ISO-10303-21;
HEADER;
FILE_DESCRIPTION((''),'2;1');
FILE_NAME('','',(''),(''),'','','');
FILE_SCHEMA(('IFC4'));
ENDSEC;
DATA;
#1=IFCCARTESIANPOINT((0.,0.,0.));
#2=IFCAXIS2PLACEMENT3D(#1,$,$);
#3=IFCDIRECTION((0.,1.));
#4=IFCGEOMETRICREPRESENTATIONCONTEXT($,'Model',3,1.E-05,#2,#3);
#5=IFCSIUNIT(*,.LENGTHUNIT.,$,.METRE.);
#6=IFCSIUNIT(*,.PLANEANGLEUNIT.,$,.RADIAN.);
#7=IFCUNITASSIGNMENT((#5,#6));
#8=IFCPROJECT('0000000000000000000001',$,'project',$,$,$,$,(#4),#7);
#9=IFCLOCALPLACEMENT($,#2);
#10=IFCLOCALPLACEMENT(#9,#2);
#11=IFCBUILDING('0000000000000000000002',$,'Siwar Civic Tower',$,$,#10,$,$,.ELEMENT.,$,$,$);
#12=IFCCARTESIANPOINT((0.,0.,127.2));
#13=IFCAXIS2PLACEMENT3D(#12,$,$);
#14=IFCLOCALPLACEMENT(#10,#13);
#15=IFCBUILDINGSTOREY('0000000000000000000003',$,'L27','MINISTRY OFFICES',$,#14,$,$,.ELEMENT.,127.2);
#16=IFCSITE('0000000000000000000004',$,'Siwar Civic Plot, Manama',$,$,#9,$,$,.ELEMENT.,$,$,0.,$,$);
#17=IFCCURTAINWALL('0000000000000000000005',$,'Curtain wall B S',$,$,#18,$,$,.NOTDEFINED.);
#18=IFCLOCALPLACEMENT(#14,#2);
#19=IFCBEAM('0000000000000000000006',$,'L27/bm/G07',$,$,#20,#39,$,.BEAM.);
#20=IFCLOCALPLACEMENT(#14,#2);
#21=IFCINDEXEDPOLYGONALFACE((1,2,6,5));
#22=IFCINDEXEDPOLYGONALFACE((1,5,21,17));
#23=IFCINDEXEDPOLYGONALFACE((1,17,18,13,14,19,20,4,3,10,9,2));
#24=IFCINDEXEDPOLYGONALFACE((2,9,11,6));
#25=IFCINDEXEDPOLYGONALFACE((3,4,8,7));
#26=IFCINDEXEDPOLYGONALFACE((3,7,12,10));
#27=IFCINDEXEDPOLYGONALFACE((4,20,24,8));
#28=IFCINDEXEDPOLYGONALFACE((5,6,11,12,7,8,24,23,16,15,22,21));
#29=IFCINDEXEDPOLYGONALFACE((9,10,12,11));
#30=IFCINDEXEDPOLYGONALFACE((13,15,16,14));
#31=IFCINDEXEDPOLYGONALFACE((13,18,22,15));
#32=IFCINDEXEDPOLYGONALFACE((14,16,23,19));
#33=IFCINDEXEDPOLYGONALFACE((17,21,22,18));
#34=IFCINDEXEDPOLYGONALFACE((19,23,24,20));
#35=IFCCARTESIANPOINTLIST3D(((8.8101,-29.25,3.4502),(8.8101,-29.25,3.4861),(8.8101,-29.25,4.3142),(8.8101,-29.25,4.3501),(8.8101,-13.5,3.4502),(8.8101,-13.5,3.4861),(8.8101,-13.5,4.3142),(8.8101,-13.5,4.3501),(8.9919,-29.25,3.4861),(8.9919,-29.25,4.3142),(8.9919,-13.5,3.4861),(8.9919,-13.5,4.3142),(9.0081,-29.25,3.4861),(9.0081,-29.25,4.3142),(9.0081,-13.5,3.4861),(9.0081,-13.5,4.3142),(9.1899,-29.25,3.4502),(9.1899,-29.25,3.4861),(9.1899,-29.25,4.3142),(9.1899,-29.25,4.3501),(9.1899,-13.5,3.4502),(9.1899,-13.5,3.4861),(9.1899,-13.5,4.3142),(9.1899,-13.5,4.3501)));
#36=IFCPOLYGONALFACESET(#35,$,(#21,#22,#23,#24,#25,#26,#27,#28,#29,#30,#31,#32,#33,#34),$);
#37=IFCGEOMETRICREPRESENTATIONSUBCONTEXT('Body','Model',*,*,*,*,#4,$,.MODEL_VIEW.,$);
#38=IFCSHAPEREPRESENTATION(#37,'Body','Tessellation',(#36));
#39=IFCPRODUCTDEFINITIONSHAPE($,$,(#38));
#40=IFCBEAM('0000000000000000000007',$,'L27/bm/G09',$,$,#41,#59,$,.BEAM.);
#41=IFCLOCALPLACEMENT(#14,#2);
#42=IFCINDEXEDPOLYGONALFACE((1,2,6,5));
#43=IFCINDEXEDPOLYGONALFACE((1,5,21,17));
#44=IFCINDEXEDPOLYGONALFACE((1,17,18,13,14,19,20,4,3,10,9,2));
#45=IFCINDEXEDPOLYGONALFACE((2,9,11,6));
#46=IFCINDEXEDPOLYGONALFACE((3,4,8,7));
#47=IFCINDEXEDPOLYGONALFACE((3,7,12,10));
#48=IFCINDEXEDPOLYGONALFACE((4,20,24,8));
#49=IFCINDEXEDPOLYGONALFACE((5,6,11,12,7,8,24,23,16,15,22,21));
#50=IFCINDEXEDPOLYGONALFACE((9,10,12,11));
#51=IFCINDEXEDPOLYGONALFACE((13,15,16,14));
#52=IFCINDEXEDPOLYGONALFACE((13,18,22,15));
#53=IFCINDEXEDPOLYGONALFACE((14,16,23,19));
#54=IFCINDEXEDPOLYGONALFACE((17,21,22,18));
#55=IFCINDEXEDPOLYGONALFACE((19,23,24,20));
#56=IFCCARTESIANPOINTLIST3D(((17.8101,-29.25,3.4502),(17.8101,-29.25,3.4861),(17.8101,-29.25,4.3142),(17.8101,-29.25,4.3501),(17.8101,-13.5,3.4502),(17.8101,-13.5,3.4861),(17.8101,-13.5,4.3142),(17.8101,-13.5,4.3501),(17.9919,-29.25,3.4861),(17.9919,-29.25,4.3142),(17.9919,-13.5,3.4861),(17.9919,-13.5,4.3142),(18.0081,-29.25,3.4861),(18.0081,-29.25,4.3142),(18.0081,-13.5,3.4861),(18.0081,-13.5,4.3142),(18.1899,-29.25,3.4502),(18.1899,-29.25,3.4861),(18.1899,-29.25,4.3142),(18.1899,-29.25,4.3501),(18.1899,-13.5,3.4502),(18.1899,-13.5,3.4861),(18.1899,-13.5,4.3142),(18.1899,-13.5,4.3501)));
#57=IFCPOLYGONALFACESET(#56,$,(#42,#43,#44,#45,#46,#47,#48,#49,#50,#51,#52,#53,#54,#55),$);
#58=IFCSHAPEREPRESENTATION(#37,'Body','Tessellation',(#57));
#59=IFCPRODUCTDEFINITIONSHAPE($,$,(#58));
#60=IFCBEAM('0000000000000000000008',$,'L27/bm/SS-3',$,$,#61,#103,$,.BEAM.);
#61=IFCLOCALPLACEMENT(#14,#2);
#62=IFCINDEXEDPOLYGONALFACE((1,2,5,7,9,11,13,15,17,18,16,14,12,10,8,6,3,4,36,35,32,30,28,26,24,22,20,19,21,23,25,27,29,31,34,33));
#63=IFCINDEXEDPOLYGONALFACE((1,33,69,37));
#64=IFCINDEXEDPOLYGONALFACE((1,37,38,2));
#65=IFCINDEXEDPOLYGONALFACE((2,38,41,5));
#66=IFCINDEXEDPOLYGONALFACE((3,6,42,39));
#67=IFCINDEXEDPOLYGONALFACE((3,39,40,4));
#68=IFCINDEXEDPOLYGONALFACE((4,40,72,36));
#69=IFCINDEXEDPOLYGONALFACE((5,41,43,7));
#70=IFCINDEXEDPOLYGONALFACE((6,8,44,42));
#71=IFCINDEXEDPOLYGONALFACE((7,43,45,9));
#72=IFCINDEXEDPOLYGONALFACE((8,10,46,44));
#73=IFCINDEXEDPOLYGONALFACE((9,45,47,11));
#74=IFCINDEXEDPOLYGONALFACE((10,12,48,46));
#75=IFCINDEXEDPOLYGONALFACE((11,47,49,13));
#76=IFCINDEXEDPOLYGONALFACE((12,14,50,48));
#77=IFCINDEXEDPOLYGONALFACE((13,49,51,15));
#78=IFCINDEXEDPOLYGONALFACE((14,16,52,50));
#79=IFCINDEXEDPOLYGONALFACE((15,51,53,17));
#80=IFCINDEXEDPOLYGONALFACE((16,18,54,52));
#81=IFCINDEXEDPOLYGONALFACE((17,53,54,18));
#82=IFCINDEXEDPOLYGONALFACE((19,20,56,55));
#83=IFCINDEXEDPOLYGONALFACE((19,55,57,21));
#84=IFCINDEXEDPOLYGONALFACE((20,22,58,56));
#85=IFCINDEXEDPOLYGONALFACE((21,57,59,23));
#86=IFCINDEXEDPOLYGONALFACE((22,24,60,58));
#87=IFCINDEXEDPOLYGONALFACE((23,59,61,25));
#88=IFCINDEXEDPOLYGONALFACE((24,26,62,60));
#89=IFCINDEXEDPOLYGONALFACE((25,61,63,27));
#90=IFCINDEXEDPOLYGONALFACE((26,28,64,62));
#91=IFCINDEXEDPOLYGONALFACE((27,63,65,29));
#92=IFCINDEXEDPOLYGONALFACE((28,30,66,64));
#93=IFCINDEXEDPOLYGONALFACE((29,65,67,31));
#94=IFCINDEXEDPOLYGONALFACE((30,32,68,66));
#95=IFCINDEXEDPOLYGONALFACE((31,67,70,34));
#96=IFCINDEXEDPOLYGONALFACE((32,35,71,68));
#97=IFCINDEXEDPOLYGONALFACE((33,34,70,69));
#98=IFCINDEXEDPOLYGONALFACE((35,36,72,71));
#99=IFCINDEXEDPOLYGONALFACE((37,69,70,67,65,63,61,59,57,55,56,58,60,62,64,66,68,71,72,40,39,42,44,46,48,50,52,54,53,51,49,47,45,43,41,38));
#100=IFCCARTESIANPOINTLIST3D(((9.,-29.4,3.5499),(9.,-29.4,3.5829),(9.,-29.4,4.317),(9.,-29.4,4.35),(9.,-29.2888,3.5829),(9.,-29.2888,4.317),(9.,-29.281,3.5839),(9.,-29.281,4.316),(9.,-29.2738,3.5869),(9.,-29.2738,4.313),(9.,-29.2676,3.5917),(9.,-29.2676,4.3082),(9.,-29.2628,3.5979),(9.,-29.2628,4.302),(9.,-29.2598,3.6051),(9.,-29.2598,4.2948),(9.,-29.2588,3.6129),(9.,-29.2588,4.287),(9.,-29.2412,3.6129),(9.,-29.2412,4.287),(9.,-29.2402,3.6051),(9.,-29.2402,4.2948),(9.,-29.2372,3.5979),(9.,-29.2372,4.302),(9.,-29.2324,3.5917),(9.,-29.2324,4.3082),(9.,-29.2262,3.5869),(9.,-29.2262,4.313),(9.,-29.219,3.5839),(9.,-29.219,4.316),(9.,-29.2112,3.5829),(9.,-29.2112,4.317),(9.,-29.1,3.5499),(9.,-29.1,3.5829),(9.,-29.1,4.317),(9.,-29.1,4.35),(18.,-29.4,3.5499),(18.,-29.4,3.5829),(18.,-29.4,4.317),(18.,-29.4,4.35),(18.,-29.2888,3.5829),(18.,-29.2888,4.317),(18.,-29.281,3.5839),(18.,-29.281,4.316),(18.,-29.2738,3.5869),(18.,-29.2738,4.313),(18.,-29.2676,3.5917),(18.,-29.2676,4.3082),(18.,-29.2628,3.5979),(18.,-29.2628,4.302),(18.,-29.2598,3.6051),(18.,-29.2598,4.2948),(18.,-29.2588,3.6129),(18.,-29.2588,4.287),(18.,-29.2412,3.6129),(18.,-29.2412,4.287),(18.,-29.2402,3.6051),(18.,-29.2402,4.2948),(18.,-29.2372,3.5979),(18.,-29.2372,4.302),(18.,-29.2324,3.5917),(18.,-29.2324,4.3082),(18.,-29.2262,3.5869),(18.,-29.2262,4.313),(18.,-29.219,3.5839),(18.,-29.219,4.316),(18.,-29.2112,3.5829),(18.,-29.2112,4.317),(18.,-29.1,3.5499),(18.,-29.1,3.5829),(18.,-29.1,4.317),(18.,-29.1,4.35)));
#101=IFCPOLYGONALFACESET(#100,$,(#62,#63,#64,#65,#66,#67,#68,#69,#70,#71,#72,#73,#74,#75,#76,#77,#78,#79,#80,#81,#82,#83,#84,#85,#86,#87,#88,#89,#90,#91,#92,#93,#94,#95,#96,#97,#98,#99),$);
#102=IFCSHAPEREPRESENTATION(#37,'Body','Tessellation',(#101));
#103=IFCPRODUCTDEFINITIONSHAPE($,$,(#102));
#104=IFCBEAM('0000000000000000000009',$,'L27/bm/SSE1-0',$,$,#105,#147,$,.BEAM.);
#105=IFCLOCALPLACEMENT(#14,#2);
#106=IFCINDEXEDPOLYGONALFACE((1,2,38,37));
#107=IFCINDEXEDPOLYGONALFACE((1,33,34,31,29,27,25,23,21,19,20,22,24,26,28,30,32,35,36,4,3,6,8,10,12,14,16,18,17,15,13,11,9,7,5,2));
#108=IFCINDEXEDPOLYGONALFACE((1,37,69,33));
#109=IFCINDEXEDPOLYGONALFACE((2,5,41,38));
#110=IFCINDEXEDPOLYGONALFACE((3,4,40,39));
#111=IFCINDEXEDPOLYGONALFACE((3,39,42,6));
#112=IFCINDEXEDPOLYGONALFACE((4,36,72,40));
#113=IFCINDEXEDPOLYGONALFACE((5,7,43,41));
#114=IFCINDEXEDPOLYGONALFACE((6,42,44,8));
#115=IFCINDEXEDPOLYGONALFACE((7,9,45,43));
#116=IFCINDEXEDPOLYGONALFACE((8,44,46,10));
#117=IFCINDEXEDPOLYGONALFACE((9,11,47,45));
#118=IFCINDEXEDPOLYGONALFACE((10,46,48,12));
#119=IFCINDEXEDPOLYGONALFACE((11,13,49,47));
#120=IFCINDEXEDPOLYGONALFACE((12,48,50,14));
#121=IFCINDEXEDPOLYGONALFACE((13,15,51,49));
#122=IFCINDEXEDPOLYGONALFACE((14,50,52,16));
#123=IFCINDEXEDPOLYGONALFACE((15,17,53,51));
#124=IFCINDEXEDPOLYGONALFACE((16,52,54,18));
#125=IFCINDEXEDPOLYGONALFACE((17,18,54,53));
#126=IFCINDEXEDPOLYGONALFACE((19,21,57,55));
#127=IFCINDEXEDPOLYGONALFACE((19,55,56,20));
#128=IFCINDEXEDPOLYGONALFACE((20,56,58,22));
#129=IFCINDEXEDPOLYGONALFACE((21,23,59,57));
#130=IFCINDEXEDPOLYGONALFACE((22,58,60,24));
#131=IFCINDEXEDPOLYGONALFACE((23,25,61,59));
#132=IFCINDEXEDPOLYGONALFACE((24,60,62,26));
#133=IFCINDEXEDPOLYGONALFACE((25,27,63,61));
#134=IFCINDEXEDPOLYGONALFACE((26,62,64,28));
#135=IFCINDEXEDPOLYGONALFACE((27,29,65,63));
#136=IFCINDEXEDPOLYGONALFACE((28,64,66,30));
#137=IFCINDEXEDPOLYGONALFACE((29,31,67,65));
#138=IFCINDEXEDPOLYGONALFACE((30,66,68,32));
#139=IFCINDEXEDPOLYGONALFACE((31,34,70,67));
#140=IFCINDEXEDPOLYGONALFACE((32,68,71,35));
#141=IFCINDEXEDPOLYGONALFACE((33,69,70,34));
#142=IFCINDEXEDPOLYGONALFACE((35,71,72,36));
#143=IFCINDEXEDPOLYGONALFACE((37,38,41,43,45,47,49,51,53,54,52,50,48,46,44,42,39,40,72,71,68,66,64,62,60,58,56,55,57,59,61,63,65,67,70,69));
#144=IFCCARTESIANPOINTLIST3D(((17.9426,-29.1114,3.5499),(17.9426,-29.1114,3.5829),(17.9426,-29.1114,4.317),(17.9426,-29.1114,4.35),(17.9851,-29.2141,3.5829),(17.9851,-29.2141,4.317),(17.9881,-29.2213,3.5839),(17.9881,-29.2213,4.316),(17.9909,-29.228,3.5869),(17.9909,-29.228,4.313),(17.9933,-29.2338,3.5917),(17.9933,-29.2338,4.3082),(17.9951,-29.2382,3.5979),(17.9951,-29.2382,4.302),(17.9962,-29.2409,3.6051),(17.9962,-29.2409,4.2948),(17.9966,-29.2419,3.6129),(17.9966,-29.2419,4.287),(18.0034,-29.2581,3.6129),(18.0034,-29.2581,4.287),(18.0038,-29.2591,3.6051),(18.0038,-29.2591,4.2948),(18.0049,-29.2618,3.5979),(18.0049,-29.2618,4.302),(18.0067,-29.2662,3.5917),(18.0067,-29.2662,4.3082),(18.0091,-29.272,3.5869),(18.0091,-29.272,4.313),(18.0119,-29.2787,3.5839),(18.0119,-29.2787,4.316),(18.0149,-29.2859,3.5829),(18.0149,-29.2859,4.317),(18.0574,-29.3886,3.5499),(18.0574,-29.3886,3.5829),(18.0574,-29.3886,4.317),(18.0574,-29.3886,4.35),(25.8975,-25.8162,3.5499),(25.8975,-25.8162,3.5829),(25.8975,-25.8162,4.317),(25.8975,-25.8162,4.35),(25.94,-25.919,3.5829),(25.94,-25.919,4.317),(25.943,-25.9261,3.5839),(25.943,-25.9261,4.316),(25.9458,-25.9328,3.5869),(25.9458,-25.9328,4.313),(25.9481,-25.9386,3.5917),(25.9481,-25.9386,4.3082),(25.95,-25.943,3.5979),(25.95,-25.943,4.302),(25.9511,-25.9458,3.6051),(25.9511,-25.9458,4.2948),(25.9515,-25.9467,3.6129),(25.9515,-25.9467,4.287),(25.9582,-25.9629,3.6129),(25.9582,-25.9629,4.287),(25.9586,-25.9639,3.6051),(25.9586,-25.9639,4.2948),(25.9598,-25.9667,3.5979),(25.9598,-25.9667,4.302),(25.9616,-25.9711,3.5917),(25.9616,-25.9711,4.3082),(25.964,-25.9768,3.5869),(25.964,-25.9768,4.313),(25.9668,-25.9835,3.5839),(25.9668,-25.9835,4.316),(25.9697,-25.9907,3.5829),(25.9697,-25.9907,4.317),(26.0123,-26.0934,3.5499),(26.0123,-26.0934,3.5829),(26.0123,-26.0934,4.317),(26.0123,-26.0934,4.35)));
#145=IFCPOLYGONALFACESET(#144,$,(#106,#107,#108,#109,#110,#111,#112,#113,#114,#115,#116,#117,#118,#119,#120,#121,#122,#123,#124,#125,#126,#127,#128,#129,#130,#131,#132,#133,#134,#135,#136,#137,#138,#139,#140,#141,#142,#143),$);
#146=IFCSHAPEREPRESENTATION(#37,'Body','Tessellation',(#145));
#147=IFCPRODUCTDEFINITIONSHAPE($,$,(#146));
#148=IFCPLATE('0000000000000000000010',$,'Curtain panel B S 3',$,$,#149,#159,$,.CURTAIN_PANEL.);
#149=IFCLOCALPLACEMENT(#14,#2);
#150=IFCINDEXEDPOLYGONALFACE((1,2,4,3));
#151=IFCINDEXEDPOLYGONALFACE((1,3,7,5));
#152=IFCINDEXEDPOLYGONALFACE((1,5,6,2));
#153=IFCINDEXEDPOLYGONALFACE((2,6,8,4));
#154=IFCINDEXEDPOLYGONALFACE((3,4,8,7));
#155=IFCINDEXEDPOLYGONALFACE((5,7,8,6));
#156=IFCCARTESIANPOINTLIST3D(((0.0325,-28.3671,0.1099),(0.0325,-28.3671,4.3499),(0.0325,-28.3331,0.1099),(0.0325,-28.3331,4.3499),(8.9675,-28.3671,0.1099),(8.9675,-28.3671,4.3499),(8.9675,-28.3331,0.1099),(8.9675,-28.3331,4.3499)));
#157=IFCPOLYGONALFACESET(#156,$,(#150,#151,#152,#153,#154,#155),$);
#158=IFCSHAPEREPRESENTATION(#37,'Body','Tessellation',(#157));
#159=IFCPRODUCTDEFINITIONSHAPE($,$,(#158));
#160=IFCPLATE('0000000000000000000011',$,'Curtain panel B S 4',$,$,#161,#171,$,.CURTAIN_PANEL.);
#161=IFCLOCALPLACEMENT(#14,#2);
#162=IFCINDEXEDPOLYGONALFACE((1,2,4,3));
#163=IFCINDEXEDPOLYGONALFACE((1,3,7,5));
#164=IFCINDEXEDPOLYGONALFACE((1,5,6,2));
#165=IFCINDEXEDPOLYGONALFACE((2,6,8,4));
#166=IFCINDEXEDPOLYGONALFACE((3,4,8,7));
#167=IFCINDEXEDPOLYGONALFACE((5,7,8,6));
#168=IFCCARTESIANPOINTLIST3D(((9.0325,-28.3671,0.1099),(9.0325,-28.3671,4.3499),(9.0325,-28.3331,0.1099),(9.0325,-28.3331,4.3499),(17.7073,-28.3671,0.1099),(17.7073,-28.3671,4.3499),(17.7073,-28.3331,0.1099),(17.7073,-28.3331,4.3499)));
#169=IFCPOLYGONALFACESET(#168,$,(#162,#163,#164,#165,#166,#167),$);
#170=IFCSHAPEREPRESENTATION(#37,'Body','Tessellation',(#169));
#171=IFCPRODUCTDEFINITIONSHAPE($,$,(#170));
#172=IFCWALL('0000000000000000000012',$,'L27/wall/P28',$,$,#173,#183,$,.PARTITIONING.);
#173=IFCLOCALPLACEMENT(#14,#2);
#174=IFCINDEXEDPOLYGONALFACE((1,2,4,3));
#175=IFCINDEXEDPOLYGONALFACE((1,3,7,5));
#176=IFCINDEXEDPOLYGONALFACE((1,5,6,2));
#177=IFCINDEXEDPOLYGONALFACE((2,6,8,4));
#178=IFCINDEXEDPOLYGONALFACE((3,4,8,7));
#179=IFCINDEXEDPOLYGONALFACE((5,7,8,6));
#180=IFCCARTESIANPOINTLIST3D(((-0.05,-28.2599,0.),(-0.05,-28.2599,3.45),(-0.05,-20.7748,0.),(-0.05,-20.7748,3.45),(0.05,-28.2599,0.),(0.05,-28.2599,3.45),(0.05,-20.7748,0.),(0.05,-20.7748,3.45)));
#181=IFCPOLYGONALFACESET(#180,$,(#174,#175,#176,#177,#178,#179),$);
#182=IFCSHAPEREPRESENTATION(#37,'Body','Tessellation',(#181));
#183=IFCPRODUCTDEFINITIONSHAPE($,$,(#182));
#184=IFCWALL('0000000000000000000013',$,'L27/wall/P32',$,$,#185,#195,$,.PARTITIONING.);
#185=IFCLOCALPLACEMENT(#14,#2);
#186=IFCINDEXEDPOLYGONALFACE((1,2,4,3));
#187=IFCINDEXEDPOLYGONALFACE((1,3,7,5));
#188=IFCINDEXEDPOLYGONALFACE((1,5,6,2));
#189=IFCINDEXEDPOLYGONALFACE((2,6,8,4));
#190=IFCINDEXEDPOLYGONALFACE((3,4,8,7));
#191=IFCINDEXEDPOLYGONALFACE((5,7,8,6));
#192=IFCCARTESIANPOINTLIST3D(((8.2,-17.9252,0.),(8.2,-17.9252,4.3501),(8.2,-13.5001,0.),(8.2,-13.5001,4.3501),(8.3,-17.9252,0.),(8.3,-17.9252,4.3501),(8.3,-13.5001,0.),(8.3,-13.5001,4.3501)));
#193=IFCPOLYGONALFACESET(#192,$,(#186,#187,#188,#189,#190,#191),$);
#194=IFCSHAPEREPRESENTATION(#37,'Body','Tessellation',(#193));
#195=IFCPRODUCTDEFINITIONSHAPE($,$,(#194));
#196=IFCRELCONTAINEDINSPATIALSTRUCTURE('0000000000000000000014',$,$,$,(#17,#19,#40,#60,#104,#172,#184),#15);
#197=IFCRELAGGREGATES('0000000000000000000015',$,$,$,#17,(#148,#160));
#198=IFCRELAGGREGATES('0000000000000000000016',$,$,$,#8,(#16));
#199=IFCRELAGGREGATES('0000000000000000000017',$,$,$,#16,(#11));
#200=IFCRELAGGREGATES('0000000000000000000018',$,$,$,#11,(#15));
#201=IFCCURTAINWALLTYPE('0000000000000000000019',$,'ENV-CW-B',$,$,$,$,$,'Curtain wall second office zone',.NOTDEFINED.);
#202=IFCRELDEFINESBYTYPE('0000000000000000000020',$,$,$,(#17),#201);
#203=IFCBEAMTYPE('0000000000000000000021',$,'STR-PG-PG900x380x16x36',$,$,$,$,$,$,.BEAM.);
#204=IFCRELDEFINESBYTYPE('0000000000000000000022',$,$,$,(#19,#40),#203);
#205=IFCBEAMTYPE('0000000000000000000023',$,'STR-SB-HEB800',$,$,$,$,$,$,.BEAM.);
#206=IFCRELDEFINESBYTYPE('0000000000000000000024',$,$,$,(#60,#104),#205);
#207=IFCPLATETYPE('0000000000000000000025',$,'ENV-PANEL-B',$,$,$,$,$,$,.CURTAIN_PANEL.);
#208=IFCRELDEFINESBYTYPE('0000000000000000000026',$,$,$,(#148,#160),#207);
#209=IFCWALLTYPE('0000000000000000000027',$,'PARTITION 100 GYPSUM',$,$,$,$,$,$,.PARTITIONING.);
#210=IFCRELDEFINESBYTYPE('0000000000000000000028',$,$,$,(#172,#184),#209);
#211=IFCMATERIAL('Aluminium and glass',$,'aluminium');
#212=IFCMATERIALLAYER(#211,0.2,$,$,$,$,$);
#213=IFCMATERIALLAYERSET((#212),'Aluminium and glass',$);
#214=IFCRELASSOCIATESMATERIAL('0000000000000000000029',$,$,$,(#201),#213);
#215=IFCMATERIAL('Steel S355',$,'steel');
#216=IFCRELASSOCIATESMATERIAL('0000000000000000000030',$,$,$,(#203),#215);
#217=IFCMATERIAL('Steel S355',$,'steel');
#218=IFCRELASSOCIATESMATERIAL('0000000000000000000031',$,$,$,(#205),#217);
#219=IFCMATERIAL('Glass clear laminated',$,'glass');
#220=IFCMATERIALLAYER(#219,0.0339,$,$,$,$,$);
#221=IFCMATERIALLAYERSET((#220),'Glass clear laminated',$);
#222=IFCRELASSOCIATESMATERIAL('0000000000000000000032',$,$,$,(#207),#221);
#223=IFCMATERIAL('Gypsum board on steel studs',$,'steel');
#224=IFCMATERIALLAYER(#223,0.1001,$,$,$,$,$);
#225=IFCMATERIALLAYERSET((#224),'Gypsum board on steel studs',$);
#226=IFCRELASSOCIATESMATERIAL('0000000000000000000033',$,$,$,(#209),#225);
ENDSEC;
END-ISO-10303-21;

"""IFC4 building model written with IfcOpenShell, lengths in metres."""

from ifc_helpers import new_model, si_unit, direction, frame, frame_2d, origin, origin_2d, place, context, subcontext, project, spatial, rectangle, i_section, extrude, material, layer, layer_set, material_profile, profile_set, type_object, element, aggregate, save


model = new_model("IFC4")

# Units and contexts
model_context = context("Model", 3, precision=1e-05, world=origin(), true_north=direction((0.0, 1.0)))
body_context = subcontext(model_context, "Body", "Model", "MODEL_VIEW")
ifc_project = project(units=[si_unit("LENGTHUNIT", "METRE"), si_unit("PLANEANGLEUNIT", "RADIAN")], contexts=[model_context])

# Site, building, storey
site_placement = place(None, origin())
site = spatial("IfcSite", under=ifc_project, at=site_placement, Name="Siwar Civic Plot, Manama", CompositionType="ELEMENT", RefElevation=0.0)
building_placement = place(site_placement, origin())
building = spatial("IfcBuilding", under=site, at=building_placement, Name="Siwar Civic Tower", CompositionType="ELEMENT")
storey_placement = place(building_placement, frame((0.0, 0.0, 127.2)))
storey = spatial("IfcBuildingStorey", under=building, at=storey_placement, Name="L27", Description="MINISTRY OFFICES", CompositionType="ELEMENT", Elevation=127.2)

# Curtain wall
ifc_material_1 = material(Name="Aluminium and glass", Category="aluminium")
ifc_layer_1 = layer(ifc_material_1, 0.2)
ifc_layer_set_1 = layer_set([ifc_layer_1], Name="Aluminium and glass")
curtain_wall_type_1 = type_object("IfcCurtainWallType", Name="ENV-CW-B", ElementType="Curtain wall second office zone", PredefinedType="NOTDEFINED", material=ifc_layer_set_1)
curtain_wall_1_placement = place(storey_placement, origin())
curtain_wall_1 = element("IfcCurtainWall", 1, at=curtain_wall_1_placement, inside=storey, type_object=curtain_wall_type_1, Name="Curtain wall B S", PredefinedType="NOTDEFINED")

# Beams
ifc_material_2 = material(Name="Steel S355", Category="steel")
ifc_material_profile_1 = material_profile(ifc_material_2, i_section(OverallWidth=0.3799, OverallDepth=0.8999, WebThickness=0.0161, FlangeThickness=0.0359, at=origin_2d()), Name="PG900x380x16x36")
ifc_profile_set_1 = profile_set([ifc_material_profile_1], Name="Steel S355")
beam_type_1 = type_object("IfcBeamType", Name="STR-PG-PG900x380x16x36", PredefinedType="BEAM", material=ifc_profile_set_1)
for number, where, z_axis, x_axis, name in (
    (2, (9.0, -29.25, 3.9001), (0.0, 1.0, 0.0), (-1.0, 0.0, 0.0), "L27/bm/G07"),
    (3, (18.0, -29.25, 3.9001), (0.0, 1.0, 0.0), (-1.0, 0.0, 0.0), "L27/bm/G09"),
):
    element("IfcBeam", number, at=place(storey_placement, frame(where, z_axis=z_axis, x_axis=x_axis)), inside=storey, type_object=beam_type_1, Name=name, PredefinedType="BEAM", context=body_context, shape_type="SweptSolid", body=[
        extrude(i_section(OverallWidth=0.3799, OverallDepth=0.8999, WebThickness=0.0161, FlangeThickness=0.0359, at=origin_2d()), origin(), (0.0, 0.0, 1.0), 15.75),
    ])
ifc_material_3 = material(Name="Steel S355", Category="steel")
ifc_material_profile_2 = material_profile(ifc_material_3, i_section(OverallWidth=0.3, OverallDepth=0.8, WebThickness=0.0176, FlangeThickness=0.033, FilletRadius=0.03, at=origin_2d()), Name="HEB800")
ifc_profile_set_2 = profile_set([ifc_material_profile_2], Name="Steel S355")
beam_type_2 = type_object("IfcBeamType", Name="STR-SB-HEB800", PredefinedType="BEAM", material=ifc_profile_set_2)
beam_1_placement = place(storey_placement, frame((9.0, -29.25, 3.95), z_axis=(1.0, 0.0, 0.0), x_axis=(0.0, 1.0, 0.0)))
element("IfcBeam", 4, at=beam_1_placement, inside=storey, type_object=beam_type_2, Name="L27/bm/SS-3", PredefinedType="BEAM", context=body_context, shape_type="SweptSolid", body=[
    extrude(i_section(OverallWidth=0.3, OverallDepth=0.8, WebThickness=0.0176, FlangeThickness=0.033, FilletRadius=0.03, at=origin_2d()), origin(), (0.0, 0.0, 1.0), 9.0),
])
beam_2_placement = place(storey_placement, frame((18.0, -29.25, 3.95), z_axis=(0.923873, 0.3827, 0.0), x_axis=(-0.3827, 0.923873, 0.0)))
element("IfcBeam", 5, at=beam_2_placement, inside=storey, type_object=beam_type_2, Name="L27/bm/SSE1-0", PredefinedType="BEAM", context=body_context, shape_type="SweptSolid", body=[
    extrude(i_section(OverallWidth=0.3, OverallDepth=0.8, WebThickness=0.0176, FlangeThickness=0.033, FilletRadius=0.03, at=origin_2d()), origin(), (0.0, 0.0, 1.0), 8.6104),
])

# Plates
ifc_material_4 = material(Name="Glass clear laminated", Category="glass")
ifc_layer_2 = layer(ifc_material_4, 0.0339)
ifc_layer_set_2 = layer_set([ifc_layer_2], Name="Glass clear laminated")
plate_type = type_object("IfcPlateType", Name="ENV-PANEL-B", PredefinedType="CURTAIN_PANEL", material=ifc_layer_set_2)
plate_1_placement = place(storey_placement, frame((4.5, -28.3501, 0.1099), z_axis=(0.0, 0.0, 1.0), x_axis=(1.0, 0.0, 0.0)))
plate_1 = element("IfcPlate", 6, at=plate_1_placement, type_object=plate_type, Name="Curtain panel B S 3", PredefinedType="CURTAIN_PANEL", context=body_context, shape_type="SweptSolid", body=[
    extrude(rectangle(XDim=8.9351, YDim=0.0339, at=origin_2d()), origin(), (0.0, 0.0, 1.0), 4.24),
])
plate_2_placement = place(storey_placement, frame((13.3699, -28.3501, 0.1099), z_axis=(0.0, 0.0, 1.0), x_axis=(1.0, 0.0, 0.0)))
plate_2 = element("IfcPlate", 7, at=plate_2_placement, type_object=plate_type, Name="Curtain panel B S 4", PredefinedType="CURTAIN_PANEL", context=body_context, shape_type="SweptSolid", body=[
    extrude(rectangle(XDim=8.6748, YDim=0.0339, at=origin_2d()), origin(), (0.0, 0.0, 1.0), 4.24),
])
aggregate(curtain_wall_1, [plate_1, plate_2])

# Walls
ifc_material_5 = material(Name="Gypsum board on steel studs", Category="steel")
ifc_layer_3 = layer(ifc_material_5, 0.1001)
ifc_layer_set_3 = layer_set([ifc_layer_3], Name="Gypsum board on steel studs")
wall_type = type_object("IfcWallType", Name="PARTITION 100 GYPSUM", PredefinedType="PARTITIONING", material=ifc_layer_set_3)
wall_1_placement = place(storey_placement, frame((0.0, -28.26, 0.0), z_axis=(0.0, 0.0, 1.0), x_axis=(0.0, 1.0, 0.0)))
element("IfcWall", 8, at=wall_1_placement, inside=storey, type_object=wall_type, Name="L27/wall/P28", PredefinedType="PARTITIONING", context=body_context, shape_type="SweptSolid", body=[
    extrude(rectangle(XDim=7.4851, YDim=0.1001, at=frame_2d((3.7427, 0.0))), origin(), (0.0, 0.0, 1.0), 3.45),
])
wall_2_placement = place(storey_placement, frame((8.25, -17.925, 0.0), z_axis=(0.0, 0.0, 1.0), x_axis=(0.0, 1.0, 0.0)))
element("IfcWall", 9, at=wall_2_placement, inside=storey, type_object=wall_type, Name="L27/wall/P32", PredefinedType="PARTITIONING", context=body_context, shape_type="SweptSolid", body=[
    extrude(rectangle(XDim=4.425, YDim=0.1001, at=frame_2d((2.2124, 0.0))), origin(), (0.0, 0.0, 1.0), 4.3501),
])

save(model, "model.ifc")
